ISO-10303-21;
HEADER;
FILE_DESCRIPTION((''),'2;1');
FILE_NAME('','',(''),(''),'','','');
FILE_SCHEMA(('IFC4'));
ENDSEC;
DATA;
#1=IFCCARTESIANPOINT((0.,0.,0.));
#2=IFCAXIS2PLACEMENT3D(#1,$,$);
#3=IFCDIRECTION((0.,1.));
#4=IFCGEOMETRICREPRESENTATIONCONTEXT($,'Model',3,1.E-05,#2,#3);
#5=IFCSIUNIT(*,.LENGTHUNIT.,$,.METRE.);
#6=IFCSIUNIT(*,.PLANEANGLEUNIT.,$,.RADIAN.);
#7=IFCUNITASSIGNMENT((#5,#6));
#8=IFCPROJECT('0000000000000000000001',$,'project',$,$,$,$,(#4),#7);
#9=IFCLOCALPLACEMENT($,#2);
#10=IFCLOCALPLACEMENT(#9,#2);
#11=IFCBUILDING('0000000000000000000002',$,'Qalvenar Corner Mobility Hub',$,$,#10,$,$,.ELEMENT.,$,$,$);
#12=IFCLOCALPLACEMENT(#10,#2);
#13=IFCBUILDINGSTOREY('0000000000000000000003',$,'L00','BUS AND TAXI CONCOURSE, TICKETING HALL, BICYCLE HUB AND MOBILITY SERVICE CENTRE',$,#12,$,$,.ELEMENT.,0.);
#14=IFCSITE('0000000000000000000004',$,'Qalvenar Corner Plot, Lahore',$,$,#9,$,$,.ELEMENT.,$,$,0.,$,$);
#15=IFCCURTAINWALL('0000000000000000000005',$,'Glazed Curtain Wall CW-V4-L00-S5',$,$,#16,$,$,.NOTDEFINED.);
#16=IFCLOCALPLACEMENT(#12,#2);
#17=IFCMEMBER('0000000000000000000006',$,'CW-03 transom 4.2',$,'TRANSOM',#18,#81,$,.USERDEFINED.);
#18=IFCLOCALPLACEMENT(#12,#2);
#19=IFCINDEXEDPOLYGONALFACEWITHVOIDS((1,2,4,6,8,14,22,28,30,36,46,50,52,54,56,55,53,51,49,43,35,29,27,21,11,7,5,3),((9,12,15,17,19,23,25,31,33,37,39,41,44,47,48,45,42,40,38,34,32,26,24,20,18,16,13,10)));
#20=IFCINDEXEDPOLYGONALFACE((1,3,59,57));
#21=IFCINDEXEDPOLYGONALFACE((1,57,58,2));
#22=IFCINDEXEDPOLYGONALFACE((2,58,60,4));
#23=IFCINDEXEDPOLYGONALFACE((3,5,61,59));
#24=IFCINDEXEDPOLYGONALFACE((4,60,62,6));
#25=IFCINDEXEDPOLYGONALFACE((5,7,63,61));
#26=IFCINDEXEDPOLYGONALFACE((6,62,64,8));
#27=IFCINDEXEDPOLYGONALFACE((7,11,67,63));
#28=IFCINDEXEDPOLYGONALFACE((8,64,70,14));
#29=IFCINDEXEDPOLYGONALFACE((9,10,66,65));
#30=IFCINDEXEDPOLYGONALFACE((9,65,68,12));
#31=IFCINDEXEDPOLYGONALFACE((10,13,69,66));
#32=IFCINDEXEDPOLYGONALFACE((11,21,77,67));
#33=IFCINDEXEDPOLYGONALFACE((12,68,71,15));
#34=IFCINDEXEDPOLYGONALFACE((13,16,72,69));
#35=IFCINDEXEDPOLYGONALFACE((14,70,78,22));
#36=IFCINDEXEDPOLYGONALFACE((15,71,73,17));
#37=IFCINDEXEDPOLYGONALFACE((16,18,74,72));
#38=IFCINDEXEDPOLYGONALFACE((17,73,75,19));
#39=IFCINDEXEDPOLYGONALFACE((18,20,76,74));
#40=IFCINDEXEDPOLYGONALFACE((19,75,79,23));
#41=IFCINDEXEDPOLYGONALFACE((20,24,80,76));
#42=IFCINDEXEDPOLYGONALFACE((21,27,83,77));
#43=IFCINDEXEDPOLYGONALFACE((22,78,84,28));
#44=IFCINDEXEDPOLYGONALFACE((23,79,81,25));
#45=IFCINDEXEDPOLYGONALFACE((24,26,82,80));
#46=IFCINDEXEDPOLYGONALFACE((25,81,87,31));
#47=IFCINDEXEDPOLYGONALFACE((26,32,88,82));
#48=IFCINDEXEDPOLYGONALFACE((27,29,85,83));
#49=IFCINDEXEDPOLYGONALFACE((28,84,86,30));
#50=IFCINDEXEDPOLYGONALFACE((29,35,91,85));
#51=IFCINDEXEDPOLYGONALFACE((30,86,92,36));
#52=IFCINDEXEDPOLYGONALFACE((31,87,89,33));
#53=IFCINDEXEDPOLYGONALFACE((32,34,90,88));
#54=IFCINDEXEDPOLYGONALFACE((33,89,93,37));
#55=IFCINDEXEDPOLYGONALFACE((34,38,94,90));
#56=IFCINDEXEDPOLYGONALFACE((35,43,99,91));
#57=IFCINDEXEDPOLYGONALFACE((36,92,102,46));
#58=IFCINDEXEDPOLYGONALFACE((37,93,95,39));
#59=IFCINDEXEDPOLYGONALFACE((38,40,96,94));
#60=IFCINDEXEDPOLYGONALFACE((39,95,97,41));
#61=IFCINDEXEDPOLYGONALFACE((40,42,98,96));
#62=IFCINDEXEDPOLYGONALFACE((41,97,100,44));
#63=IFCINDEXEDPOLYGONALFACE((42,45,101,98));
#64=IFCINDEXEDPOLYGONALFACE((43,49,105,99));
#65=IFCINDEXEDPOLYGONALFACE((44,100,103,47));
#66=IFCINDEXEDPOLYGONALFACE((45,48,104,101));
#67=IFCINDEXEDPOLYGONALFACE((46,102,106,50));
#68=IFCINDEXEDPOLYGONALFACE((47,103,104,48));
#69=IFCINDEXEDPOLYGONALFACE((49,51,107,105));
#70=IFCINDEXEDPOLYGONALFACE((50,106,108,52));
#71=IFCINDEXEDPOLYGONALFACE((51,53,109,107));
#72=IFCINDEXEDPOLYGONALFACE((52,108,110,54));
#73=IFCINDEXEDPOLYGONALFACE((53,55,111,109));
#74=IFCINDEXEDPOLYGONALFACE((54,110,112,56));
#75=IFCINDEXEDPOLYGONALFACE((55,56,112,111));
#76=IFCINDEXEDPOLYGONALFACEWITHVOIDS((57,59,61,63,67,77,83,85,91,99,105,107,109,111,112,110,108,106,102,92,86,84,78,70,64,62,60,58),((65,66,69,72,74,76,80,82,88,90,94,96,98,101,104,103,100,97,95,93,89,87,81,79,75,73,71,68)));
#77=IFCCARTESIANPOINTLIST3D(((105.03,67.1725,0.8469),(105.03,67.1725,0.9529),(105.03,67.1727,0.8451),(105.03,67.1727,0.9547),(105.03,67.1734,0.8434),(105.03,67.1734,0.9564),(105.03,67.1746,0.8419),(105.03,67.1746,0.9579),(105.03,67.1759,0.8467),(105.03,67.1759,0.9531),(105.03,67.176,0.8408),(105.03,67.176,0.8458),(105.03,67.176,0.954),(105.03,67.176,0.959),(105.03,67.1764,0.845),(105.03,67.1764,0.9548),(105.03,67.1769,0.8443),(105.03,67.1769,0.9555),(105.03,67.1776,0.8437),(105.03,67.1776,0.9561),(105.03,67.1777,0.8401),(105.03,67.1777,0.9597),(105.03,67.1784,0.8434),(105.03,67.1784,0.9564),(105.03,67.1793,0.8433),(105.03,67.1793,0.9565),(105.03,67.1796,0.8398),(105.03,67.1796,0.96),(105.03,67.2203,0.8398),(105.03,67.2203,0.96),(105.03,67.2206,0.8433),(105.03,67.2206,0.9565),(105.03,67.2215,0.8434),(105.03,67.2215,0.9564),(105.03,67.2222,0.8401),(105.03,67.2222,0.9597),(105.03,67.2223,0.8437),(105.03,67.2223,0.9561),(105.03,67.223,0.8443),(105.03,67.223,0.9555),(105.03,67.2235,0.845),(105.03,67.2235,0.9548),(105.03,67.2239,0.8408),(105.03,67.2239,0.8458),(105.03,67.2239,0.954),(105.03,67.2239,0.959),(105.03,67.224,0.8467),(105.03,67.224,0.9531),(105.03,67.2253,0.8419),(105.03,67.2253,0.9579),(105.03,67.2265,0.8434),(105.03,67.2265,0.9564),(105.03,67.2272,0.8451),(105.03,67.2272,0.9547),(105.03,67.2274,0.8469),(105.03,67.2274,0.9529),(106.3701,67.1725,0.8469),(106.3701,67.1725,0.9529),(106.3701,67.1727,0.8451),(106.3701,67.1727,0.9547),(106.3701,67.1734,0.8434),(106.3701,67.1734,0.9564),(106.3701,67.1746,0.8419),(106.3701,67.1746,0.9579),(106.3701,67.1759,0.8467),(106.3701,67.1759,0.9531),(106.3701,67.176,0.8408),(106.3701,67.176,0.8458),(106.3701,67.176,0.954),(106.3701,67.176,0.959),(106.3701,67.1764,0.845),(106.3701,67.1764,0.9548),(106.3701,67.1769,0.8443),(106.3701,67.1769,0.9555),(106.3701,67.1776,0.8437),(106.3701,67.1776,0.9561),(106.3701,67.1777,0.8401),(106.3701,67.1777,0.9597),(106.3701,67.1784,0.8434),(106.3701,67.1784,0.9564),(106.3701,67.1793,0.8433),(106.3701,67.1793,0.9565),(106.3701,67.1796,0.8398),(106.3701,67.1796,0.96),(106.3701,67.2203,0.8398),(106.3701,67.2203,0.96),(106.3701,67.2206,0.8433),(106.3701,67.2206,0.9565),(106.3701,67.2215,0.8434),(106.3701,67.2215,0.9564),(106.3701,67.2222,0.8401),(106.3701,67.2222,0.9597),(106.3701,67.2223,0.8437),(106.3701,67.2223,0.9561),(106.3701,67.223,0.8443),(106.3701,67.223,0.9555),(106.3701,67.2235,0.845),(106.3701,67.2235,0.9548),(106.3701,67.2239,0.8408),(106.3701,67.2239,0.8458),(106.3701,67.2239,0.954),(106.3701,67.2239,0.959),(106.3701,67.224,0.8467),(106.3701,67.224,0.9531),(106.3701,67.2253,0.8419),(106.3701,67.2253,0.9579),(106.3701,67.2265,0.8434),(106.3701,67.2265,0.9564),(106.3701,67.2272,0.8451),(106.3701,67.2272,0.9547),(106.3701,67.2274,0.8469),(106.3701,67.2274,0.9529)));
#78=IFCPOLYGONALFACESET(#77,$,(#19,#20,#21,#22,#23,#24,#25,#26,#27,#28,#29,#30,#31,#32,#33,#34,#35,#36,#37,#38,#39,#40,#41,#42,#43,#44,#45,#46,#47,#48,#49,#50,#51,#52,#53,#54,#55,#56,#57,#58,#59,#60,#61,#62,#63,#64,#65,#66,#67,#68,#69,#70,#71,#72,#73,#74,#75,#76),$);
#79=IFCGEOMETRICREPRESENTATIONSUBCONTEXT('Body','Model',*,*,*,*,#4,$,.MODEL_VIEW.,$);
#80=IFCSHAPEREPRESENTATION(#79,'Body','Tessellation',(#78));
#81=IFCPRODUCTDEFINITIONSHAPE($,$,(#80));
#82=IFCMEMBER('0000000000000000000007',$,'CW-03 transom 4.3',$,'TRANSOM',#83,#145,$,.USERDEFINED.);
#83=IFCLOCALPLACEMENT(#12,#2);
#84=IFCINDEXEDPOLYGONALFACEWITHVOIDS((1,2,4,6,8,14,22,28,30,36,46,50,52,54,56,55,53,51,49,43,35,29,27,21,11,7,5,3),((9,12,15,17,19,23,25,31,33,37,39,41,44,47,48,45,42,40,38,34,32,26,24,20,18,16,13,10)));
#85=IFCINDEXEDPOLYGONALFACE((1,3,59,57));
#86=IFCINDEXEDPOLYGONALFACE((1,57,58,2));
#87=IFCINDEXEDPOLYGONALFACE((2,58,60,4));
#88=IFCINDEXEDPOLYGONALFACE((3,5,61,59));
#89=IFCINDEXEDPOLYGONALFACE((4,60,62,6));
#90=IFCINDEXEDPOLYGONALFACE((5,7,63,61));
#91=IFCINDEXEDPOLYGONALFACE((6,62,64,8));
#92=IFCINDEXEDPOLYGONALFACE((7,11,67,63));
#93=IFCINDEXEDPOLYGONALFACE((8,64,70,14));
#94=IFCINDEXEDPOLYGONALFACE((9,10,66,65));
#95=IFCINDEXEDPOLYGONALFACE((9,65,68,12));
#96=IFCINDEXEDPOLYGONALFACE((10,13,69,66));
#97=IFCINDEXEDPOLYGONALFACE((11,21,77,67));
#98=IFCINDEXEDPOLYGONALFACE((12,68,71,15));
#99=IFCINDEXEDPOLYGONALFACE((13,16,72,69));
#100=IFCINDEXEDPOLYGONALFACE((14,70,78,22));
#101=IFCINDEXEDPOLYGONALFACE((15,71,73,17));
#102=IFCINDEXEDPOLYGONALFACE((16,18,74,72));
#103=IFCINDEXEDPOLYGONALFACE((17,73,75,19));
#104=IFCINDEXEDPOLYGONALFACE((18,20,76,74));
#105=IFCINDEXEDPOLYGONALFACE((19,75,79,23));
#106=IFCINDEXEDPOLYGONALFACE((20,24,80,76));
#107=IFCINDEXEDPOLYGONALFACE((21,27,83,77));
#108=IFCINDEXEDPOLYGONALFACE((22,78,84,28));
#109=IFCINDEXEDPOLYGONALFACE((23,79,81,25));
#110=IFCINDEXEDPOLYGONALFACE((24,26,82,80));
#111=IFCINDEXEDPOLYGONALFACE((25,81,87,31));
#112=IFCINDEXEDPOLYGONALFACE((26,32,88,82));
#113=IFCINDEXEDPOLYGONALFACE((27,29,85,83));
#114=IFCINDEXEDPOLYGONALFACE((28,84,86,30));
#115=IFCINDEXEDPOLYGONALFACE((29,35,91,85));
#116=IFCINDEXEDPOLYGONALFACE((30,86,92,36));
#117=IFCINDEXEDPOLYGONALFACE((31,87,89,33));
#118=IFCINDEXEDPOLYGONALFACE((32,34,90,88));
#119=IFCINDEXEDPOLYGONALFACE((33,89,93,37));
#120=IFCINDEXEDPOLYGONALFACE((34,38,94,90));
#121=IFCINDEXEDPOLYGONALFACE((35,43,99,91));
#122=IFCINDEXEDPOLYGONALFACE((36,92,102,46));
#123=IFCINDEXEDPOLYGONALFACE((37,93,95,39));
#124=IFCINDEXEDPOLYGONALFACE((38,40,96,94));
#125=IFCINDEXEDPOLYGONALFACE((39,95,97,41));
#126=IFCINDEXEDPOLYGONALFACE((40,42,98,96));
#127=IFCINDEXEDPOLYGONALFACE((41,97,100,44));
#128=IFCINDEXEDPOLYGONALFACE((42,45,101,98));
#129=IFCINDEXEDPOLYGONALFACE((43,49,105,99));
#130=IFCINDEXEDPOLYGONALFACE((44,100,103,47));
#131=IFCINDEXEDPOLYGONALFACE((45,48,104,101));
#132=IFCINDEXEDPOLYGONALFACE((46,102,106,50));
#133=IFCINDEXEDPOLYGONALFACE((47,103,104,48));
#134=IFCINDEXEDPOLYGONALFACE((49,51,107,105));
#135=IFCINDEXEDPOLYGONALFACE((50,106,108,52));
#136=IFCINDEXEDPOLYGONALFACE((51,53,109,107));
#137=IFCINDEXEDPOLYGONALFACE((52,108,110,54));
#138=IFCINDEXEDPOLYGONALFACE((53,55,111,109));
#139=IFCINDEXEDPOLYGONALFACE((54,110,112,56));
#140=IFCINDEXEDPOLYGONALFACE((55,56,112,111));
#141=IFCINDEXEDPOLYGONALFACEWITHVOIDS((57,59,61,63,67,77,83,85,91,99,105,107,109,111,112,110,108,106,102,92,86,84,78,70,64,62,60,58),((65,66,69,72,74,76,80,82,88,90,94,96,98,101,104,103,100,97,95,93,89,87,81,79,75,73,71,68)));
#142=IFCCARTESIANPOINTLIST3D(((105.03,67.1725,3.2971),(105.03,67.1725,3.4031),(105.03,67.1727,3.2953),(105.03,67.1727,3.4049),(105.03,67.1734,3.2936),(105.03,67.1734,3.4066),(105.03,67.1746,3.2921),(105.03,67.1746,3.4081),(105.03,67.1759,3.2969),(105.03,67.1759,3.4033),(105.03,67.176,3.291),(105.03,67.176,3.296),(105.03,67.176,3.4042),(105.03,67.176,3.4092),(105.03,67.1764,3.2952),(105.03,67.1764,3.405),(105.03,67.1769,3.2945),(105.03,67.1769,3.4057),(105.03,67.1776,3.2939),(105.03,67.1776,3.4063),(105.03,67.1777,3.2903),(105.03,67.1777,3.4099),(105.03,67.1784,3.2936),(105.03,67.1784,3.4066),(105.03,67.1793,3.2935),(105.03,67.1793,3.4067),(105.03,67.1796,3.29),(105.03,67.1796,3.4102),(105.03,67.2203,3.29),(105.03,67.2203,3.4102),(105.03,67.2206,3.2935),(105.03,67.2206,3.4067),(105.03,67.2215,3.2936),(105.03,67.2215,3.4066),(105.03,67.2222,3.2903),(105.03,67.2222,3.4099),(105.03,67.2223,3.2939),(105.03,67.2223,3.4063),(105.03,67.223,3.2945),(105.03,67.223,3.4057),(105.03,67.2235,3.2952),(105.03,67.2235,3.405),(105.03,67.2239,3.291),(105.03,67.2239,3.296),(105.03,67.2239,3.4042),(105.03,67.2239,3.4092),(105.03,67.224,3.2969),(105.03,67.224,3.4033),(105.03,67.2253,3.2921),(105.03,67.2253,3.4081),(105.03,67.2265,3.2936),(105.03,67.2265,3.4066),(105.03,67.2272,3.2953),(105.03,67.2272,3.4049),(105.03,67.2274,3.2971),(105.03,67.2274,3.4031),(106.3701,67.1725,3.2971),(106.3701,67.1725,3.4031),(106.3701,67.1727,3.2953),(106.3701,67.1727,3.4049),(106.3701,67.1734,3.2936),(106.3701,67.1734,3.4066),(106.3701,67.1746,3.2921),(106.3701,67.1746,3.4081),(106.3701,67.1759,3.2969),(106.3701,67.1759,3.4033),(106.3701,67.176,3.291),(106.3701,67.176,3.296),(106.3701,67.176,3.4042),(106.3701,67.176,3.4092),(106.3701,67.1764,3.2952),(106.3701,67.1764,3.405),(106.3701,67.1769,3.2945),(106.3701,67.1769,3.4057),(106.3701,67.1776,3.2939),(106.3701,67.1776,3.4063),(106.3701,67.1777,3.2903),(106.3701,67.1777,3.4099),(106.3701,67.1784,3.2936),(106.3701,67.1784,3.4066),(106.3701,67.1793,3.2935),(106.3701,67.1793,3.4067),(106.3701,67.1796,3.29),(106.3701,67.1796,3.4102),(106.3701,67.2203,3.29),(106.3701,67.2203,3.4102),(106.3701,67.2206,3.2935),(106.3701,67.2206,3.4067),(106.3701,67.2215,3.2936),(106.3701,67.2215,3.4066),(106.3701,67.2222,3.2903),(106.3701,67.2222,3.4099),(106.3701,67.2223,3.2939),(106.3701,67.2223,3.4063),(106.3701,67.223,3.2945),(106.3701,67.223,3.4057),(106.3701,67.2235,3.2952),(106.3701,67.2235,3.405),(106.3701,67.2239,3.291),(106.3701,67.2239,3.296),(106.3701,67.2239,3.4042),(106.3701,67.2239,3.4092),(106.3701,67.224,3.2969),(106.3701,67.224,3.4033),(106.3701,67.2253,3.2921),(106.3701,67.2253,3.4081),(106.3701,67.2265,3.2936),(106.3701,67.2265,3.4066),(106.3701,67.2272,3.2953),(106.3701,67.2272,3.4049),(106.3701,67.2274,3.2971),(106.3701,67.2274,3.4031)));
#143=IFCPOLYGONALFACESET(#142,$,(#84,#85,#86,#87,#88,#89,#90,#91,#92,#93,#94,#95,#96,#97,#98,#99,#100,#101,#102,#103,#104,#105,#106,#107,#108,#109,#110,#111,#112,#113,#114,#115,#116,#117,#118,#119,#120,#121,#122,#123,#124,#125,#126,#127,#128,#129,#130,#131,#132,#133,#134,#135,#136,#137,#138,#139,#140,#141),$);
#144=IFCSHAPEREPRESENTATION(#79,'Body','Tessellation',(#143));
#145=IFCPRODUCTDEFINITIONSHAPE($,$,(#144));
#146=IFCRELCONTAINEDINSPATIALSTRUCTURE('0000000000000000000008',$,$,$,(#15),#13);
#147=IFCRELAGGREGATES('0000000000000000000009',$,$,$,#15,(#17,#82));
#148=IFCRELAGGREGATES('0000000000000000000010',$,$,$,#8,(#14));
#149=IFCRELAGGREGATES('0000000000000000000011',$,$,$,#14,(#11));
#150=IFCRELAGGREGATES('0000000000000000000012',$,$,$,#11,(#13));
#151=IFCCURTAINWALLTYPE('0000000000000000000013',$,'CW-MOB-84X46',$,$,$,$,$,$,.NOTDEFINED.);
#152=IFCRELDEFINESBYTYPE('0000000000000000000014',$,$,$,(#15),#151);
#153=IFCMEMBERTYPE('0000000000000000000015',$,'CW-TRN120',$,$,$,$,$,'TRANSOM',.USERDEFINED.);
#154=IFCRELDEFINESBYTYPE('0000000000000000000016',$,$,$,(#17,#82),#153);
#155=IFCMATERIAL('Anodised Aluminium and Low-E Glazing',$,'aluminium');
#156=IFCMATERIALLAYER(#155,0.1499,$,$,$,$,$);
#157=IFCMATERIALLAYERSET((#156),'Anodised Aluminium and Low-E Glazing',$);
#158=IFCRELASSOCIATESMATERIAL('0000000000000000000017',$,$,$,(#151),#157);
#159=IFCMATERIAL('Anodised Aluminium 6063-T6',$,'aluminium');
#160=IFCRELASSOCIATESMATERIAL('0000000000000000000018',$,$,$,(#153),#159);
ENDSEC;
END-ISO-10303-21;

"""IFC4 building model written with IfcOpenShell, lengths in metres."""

from ifc_helpers import new_model, si_unit, direction, frame, origin, origin_2d, place, context, subcontext, project, spatial, hollow_rectangle, extrude, material, layer, layer_set, material_profile, profile_set, type_object, element, aggregate, save


model = new_model("IFC4")

# Units and contexts
model_context = context("Model", 3, precision=1e-05, world=origin(), true_north=direction((0.0, 1.0)))
body_context = subcontext(model_context, "Body", "Model", "MODEL_VIEW")
ifc_project = project(units=[si_unit("LENGTHUNIT", "METRE"), si_unit("PLANEANGLEUNIT", "RADIAN")], contexts=[model_context])

# Site, building, storey
site_placement = place(None, origin())
site = spatial("IfcSite", under=ifc_project, at=site_placement, Name="Qalvenar Corner Plot, Lahore", CompositionType="ELEMENT", RefElevation=0.0)
building_placement = place(site_placement, origin())
building = spatial("IfcBuilding", under=site, at=building_placement, Name="Qalvenar Corner Mobility Hub", CompositionType="ELEMENT")
storey_placement = place(building_placement, origin())
storey = spatial("IfcBuildingStorey", under=building, at=storey_placement, Name="L00", Description="BUS AND TAXI CONCOURSE, TICKETING HALL, BICYCLE HUB AND MOBILITY SERVICE CENTRE", CompositionType="ELEMENT", Elevation=0.0)

# Curtain wall, members
ifc_material_1 = material(Name="Anodised Aluminium and Low-E Glazing", Category="aluminium")
ifc_layer_1 = layer(ifc_material_1, 0.1499)
ifc_layer_set_1 = layer_set([ifc_layer_1], Name="Anodised Aluminium and Low-E Glazing")
curtain_wall_type = type_object("IfcCurtainWallType", Name="CW-MOB-84X46", PredefinedType="NOTDEFINED", material=ifc_layer_set_1)
curtain_wall_placement = place(storey_placement, origin())
curtain_wall = element("IfcCurtainWall", 1, at=curtain_wall_placement, inside=storey, type_object=curtain_wall_type, Name="Glazed Curtain Wall CW-V4-L00-S5", PredefinedType="NOTDEFINED")
ifc_material_2 = material(Name="Anodised Aluminium 6063-T6", Category="aluminium")
ifc_material_profile_1 = material_profile(ifc_material_2, hollow_rectangle(XDim=0.0549, YDim=0.1201, WallThickness=0.0034, InnerFilletRadius=0.0034, OuterFilletRadius=0.0071, at=origin_2d()), Name="RHS120x55x3.5")
ifc_profile_set_1 = profile_set([ifc_material_profile_1], Name="Anodised Aluminium 6063-T6")
member_type_1 = type_object("IfcMemberType", Name="CW-TRN120", ElementType="TRANSOM", PredefinedType="USERDEFINED", material=ifc_profile_set_1)
member_1_placement = place(storey_placement, frame((105.03, 67.2, 0.8999), z_axis=(1.0, 0.0, 0.0), x_axis=(0.0, 1.0, 0.0)))
member_1 = element("IfcMember", 2, at=member_1_placement, type_object=member_type_1, Name="CW-03 transom 4.2", ObjectType="TRANSOM", PredefinedType="USERDEFINED", context=body_context, shape_type="SweptSolid", body=[
    extrude(hollow_rectangle(XDim=0.0549, YDim=0.1201, WallThickness=0.0034, InnerFilletRadius=0.0034, OuterFilletRadius=0.0071, at=origin_2d()), origin(), (0.0, 0.0, 1.0), 1.3401),
])
member_2_placement = place(storey_placement, frame((105.03, 67.2, 3.3501), z_axis=(1.0, 0.0, 0.0), x_axis=(0.0, 1.0, 0.0)))
member_2 = element("IfcMember", 3, at=member_2_placement, type_object=member_type_1, Name="CW-03 transom 4.3", ObjectType="TRANSOM", PredefinedType="USERDEFINED", context=body_context, shape_type="SweptSolid", body=[
    extrude(hollow_rectangle(XDim=0.0549, YDim=0.1201, WallThickness=0.0034, InnerFilletRadius=0.0034, OuterFilletRadius=0.0071, at=origin_2d()), origin(), (0.0, 0.0, 1.0), 1.3401),
])
aggregate(curtain_wall, [member_1, member_2])

save(model, "model.ifc")
